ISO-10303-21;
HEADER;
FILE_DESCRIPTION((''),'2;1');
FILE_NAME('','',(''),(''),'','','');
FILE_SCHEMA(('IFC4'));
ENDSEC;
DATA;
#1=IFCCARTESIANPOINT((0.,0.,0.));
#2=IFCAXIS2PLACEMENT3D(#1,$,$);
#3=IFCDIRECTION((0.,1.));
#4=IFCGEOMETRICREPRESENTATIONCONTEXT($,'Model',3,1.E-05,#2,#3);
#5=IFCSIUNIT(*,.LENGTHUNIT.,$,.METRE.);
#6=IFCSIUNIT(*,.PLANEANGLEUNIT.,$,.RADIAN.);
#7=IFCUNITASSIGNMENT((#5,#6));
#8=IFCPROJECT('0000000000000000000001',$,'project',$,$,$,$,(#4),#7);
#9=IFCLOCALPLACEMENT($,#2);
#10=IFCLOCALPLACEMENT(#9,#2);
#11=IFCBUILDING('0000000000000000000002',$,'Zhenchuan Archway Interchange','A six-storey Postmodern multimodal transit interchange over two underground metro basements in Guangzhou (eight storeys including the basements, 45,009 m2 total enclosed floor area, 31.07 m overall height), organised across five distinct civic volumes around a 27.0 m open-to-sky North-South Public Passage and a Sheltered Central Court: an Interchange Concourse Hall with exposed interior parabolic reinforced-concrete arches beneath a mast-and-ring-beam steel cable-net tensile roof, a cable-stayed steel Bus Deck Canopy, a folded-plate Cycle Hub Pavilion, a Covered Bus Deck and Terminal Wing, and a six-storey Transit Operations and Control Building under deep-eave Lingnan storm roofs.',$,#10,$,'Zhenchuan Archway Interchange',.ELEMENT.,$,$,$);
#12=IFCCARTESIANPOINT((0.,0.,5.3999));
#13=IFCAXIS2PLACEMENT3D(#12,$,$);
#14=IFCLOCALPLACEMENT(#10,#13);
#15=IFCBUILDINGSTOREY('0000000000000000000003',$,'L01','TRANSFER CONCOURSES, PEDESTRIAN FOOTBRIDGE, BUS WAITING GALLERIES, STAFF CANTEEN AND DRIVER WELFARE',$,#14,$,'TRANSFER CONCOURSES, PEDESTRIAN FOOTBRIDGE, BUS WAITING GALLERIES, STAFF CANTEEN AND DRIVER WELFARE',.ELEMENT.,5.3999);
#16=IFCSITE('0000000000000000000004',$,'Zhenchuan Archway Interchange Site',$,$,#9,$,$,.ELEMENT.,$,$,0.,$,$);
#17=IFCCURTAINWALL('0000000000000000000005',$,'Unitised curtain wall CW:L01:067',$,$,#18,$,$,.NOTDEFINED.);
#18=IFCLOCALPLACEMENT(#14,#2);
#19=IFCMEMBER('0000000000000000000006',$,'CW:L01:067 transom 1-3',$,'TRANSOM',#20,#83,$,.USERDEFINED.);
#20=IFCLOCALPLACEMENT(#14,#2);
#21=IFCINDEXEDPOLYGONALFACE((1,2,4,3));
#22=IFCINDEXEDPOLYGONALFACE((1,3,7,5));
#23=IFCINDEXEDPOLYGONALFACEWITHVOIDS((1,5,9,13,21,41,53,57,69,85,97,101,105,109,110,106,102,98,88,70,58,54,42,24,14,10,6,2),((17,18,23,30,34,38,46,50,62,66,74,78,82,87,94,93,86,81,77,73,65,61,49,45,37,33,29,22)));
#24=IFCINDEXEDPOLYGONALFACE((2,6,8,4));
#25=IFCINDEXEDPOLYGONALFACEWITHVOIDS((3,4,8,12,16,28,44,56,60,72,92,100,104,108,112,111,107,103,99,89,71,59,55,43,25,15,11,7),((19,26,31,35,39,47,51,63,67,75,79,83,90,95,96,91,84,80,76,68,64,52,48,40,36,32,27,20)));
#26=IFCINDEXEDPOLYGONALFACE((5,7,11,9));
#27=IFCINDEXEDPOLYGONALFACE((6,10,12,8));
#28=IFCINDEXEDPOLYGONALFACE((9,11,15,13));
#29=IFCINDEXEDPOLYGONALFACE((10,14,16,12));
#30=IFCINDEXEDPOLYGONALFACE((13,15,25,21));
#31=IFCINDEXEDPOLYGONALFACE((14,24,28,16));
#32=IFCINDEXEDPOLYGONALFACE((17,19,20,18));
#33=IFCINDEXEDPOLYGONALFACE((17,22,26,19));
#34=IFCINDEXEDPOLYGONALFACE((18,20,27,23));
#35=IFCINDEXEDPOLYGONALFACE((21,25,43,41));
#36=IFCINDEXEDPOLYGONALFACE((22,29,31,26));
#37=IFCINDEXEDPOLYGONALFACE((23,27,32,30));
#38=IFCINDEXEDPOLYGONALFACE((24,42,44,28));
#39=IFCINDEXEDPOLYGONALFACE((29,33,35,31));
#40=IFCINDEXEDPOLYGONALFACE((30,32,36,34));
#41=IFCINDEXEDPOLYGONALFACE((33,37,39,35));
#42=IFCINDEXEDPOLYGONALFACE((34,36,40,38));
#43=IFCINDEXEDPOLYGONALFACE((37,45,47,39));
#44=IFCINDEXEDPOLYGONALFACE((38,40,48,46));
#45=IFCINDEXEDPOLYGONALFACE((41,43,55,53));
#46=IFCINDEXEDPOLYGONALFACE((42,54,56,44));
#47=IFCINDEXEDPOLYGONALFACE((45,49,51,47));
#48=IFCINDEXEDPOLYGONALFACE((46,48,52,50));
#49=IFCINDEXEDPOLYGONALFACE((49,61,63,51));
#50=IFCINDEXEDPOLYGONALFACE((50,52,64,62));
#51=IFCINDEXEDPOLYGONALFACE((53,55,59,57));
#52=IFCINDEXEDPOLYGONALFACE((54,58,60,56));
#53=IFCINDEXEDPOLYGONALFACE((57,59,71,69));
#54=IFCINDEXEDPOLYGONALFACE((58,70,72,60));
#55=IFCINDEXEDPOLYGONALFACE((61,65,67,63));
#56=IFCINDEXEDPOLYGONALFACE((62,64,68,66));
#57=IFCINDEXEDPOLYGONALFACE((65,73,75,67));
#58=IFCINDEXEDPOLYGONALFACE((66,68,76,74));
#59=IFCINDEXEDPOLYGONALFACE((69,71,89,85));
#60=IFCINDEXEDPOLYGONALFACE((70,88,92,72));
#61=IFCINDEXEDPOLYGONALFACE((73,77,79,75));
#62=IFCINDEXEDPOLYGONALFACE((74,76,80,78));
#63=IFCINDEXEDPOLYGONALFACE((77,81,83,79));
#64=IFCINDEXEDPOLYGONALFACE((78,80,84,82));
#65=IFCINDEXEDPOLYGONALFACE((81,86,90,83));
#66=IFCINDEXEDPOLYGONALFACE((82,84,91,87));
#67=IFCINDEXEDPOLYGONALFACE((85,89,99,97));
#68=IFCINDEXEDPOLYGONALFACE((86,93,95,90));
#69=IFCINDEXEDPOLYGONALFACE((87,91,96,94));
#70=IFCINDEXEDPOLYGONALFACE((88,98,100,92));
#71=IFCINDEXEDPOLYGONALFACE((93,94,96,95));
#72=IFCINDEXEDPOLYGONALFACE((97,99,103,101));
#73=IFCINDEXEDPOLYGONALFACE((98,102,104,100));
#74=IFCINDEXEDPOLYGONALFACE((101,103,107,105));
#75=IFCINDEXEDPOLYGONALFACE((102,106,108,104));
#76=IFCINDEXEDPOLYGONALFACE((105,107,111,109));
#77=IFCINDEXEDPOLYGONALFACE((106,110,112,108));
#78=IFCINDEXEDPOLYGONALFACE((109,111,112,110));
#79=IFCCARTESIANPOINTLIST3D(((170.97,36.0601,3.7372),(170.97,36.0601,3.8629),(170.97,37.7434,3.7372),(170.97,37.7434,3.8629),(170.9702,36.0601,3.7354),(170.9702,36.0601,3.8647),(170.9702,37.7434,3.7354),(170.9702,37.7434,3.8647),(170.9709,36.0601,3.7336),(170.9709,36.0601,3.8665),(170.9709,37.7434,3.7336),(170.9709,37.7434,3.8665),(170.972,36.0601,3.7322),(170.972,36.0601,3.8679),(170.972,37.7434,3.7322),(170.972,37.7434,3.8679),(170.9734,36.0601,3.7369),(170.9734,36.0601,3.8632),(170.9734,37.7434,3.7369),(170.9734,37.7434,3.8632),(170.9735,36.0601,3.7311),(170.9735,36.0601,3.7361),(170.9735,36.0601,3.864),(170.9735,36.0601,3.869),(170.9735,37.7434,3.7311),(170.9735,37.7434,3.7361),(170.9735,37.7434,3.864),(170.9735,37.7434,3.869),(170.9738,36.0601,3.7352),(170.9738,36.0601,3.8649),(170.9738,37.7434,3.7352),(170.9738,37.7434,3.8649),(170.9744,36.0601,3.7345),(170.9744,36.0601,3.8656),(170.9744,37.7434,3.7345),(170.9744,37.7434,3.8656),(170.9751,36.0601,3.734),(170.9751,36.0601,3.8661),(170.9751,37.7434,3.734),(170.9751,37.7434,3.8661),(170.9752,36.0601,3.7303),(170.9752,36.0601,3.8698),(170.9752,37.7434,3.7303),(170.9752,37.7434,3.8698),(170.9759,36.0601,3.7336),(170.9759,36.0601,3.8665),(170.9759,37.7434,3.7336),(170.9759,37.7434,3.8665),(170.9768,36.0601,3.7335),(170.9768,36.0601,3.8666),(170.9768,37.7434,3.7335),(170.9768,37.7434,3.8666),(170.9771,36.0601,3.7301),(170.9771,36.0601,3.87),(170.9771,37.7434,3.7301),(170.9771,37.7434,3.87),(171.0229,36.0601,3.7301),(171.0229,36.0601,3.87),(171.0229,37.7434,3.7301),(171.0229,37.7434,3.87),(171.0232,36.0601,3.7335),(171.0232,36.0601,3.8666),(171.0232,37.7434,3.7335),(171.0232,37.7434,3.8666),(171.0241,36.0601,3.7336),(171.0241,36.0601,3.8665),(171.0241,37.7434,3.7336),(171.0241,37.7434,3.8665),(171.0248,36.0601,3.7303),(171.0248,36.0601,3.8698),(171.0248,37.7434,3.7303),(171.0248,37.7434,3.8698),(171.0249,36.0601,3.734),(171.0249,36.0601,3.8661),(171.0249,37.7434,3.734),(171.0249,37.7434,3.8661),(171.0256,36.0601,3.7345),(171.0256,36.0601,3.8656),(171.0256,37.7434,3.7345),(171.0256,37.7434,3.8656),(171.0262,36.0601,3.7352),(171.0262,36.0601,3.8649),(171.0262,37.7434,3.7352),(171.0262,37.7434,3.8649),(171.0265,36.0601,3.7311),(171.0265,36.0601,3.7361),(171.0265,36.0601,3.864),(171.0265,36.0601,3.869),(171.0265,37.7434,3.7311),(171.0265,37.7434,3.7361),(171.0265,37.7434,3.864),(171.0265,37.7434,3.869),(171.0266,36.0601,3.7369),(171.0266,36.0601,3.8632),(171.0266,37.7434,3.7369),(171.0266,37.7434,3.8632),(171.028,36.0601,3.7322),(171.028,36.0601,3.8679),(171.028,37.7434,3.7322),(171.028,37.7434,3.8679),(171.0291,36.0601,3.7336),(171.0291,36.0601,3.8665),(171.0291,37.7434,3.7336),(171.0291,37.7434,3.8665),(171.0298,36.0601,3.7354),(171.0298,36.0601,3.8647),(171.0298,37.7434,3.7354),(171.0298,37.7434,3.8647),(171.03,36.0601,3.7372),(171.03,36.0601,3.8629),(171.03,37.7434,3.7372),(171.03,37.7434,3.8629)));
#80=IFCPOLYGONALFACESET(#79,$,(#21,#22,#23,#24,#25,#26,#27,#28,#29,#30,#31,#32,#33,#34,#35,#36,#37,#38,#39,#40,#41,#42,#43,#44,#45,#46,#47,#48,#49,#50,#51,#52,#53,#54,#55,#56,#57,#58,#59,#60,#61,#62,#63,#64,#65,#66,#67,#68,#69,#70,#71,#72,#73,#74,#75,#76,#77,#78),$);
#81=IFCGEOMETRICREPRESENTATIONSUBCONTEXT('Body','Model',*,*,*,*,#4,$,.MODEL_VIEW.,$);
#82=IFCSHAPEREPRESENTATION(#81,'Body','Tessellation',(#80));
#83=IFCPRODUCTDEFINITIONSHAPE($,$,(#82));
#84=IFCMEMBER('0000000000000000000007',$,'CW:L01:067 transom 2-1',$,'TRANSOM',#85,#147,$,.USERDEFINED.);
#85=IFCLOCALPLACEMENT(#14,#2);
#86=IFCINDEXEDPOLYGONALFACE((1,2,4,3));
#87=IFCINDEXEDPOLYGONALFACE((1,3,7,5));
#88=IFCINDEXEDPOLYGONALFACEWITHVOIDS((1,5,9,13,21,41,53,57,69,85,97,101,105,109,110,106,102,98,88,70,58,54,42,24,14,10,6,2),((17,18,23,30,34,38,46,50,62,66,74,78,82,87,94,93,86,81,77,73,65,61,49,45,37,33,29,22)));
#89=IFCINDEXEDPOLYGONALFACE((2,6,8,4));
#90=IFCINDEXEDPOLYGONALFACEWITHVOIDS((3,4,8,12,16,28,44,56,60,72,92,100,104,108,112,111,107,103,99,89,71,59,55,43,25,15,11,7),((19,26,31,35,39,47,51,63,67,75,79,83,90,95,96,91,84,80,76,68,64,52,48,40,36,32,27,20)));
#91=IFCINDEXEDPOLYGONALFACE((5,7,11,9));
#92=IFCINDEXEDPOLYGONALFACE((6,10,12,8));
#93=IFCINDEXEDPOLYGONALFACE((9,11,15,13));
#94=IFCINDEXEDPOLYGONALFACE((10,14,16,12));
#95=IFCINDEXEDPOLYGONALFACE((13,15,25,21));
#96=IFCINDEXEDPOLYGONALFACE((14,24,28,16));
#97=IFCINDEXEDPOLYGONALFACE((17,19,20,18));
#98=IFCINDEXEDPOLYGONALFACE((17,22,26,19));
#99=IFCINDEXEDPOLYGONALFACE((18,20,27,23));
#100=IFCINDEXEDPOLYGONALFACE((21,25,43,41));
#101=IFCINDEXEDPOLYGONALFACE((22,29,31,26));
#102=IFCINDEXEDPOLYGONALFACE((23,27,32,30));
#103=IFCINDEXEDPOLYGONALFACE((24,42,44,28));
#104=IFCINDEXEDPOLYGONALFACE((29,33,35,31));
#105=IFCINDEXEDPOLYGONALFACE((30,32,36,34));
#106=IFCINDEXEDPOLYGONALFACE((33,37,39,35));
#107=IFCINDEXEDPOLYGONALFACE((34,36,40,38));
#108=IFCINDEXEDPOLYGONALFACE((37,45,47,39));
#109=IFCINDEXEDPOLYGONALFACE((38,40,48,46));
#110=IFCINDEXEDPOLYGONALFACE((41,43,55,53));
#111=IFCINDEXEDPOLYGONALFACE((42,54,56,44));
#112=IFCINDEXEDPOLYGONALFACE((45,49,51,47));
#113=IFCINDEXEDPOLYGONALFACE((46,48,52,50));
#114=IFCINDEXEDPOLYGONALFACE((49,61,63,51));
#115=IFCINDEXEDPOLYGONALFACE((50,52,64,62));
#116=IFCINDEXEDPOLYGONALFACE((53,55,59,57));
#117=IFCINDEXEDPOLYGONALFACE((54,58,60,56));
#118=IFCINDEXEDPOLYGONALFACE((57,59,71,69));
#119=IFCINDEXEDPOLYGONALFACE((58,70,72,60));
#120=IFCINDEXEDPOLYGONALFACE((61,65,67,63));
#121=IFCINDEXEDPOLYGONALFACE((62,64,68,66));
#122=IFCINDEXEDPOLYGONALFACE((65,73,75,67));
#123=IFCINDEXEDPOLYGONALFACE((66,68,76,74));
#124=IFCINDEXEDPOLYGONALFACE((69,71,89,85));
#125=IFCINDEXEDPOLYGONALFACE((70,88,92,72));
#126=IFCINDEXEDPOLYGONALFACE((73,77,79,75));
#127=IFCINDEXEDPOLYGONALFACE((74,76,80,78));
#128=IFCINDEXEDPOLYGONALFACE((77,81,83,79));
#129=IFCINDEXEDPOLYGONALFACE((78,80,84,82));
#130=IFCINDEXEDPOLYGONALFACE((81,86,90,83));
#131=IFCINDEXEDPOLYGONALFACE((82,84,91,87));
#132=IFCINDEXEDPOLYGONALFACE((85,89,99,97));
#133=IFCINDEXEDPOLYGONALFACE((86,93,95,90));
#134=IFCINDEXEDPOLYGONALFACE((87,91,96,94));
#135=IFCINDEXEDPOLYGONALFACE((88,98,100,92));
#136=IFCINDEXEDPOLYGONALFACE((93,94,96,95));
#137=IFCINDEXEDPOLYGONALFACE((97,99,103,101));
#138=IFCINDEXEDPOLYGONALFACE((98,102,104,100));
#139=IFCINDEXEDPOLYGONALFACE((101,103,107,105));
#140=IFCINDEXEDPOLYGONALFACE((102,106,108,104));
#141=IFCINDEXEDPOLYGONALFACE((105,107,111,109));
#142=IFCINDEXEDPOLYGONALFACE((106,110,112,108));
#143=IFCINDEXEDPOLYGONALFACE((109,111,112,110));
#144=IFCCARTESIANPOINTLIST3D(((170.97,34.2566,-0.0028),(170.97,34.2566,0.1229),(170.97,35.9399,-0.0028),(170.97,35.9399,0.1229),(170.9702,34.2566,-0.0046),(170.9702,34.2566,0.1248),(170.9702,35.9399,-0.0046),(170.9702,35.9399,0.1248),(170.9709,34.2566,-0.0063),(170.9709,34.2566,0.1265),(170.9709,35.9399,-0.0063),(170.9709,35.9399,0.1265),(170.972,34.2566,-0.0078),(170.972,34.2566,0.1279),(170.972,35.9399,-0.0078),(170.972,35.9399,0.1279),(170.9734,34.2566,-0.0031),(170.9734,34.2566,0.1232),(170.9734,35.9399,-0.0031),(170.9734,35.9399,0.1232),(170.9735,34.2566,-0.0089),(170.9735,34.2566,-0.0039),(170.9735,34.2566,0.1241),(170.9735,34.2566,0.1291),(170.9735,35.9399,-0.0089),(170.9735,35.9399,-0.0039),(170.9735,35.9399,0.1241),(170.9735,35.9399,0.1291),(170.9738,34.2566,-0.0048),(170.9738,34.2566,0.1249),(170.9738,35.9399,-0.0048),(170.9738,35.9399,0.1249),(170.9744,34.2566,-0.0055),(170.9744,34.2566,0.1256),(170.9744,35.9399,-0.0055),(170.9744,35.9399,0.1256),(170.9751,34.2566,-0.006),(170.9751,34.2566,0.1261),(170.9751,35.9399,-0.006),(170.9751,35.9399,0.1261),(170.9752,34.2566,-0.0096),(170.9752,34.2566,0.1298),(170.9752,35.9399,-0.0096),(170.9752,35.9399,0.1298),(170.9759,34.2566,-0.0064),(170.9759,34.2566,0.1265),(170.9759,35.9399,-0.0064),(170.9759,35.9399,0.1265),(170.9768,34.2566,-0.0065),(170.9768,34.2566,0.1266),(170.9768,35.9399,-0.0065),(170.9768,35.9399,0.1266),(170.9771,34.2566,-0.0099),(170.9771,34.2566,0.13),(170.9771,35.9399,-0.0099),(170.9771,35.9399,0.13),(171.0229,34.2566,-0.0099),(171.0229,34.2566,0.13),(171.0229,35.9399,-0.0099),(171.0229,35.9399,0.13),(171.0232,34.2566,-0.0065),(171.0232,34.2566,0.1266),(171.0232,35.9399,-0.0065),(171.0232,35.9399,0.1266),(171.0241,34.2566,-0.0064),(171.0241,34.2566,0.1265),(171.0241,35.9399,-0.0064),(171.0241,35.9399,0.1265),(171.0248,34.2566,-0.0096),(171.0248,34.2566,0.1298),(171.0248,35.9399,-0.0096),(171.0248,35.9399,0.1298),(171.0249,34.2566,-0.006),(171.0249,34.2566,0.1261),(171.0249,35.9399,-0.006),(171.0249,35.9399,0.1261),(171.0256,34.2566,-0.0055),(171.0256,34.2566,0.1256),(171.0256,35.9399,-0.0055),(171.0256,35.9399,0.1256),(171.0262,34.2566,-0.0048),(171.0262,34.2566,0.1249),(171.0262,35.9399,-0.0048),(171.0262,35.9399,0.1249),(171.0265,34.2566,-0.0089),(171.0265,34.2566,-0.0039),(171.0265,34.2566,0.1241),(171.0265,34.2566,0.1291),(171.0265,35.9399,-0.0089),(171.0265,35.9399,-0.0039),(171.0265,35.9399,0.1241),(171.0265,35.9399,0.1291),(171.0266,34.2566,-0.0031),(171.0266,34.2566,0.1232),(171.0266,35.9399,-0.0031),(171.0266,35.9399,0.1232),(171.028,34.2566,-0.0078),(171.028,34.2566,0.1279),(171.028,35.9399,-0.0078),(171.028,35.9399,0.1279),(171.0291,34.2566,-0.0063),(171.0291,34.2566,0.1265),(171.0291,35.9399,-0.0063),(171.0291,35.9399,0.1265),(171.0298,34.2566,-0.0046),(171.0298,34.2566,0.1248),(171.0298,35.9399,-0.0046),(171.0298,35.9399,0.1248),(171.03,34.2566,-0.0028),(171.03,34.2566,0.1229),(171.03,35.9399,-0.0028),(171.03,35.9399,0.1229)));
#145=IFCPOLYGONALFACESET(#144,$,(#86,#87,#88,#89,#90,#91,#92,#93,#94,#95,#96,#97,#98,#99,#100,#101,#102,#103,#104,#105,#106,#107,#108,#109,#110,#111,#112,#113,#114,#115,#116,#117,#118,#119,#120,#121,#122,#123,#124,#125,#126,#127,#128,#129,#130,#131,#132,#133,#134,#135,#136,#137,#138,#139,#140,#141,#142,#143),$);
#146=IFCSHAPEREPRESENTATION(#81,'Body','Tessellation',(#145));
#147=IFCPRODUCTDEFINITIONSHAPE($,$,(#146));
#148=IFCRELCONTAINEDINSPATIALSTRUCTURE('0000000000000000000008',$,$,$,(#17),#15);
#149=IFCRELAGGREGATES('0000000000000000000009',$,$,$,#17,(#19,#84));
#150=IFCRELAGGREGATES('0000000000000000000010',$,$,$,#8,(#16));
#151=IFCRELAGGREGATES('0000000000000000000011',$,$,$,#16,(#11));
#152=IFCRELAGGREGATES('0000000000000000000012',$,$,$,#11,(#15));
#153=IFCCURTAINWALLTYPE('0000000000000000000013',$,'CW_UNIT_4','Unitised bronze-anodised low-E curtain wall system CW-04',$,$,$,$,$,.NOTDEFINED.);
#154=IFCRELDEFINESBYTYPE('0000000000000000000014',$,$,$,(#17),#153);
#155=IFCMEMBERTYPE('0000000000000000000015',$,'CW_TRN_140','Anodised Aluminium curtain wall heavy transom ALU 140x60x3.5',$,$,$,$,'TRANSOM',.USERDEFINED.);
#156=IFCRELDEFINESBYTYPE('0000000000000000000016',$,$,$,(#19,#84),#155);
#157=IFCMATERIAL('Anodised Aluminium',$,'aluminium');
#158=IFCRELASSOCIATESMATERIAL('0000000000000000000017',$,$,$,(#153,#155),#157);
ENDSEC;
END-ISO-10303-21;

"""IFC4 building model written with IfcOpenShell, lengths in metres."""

from ifc_helpers import new_model, si_unit, direction, frame, origin, origin_2d, place, context, subcontext, project, spatial, hollow_rectangle, extrude, material, material_profile, profile_set, type_object, element, aggregate, save


model = new_model("IFC4")

# Units and contexts
model_context = context("Model", 3, precision=1e-05, world=origin(), true_north=direction((0.0, 1.0)))
body_context = subcontext(model_context, "Body", "Model", "MODEL_VIEW")
ifc_project = project(units=[si_unit("LENGTHUNIT", "METRE"), si_unit("PLANEANGLEUNIT", "RADIAN")], contexts=[model_context])

# Site, building, storey
site_placement = place(None, origin())
site = spatial("IfcSite", under=ifc_project, at=site_placement, Name="Zhenchuan Archway Interchange Site", CompositionType="ELEMENT", RefElevation=0.0)
building_placement = place(site_placement, origin())
building = spatial("IfcBuilding", under=site, at=building_placement, Name="Zhenchuan Archway Interchange", Description="A six-storey Postmodern multimodal transit interchange over two underground metro basements in Guangzhou (eight storeys including the basements, 45,009 m2 total enclosed floor area, 31.07 m overall height), organised across five distinct civic volumes around a 27.0 m open-to-sky North-South Public Passage and a Sheltered Central Court: an Interchange Concourse Hall with exposed interior parabolic reinforced-concrete arches beneath a mast-and-ring-beam steel cable-net tensile roof, a cable-stayed steel Bus Deck Canopy, a folded-plate Cycle Hub Pavilion, a Covered Bus Deck and Terminal Wing, and a six-storey Transit Operations and Control Building under deep-eave Lingnan storm roofs.", LongName="Zhenchuan Archway Interchange", CompositionType="ELEMENT")
storey_placement = place(building_placement, frame((0.0, 0.0, 5.3999)))
storey = spatial("IfcBuildingStorey", under=building, at=storey_placement, Name="L01", Description="TRANSFER CONCOURSES, PEDESTRIAN FOOTBRIDGE, BUS WAITING GALLERIES, STAFF CANTEEN AND DRIVER WELFARE", LongName="TRANSFER CONCOURSES, PEDESTRIAN FOOTBRIDGE, BUS WAITING GALLERIES, STAFF CANTEEN AND DRIVER WELFARE", CompositionType="ELEMENT", Elevation=5.3999)

# Curtain wall, members
ifc_material_1 = material(Name="Anodised Aluminium", Category="aluminium")
curtain_wall_type = type_object("IfcCurtainWallType", Name="CW_UNIT_4", Description="Unitised bronze-anodised low-E curtain wall system CW-04", PredefinedType="NOTDEFINED", material=ifc_material_1)
curtain_wall_placement = place(storey_placement, origin())
curtain_wall = element("IfcCurtainWall", 1, at=curtain_wall_placement, inside=storey, type_object=curtain_wall_type, Name="Unitised curtain wall CW:L01:067", PredefinedType="NOTDEFINED")
ifc_material_profile_1 = material_profile(ifc_material_1, hollow_rectangle(XDim=0.0601, YDim=0.1399, WallThickness=0.0034, InnerFilletRadius=0.0034, OuterFilletRadius=0.0071, at=origin_2d()), Name="ALU 140x60x3.5")
ifc_profile_set_1 = profile_set([ifc_material_profile_1], Name="Anodised Aluminium")
member_type_1 = type_object("IfcMemberType", Name="CW_TRN_140", Description="Anodised Aluminium curtain wall heavy transom ALU 140x60x3.5", ElementType="TRANSOM", PredefinedType="USERDEFINED", material=ifc_profile_set_1)
member_1_placement = place(storey_placement, frame((171.0, 37.7434, 3.8), z_axis=(0.0, -1.0, 0.0), x_axis=(1.0, 0.0, 0.0)))
member_1 = element("IfcMember", 2, at=member_1_placement, type_object=member_type_1, Name="CW:L01:067 transom 1-3", ObjectType="TRANSOM", PredefinedType="USERDEFINED", context=body_context, shape_type="SweptSolid", body=[
    extrude(hollow_rectangle(XDim=0.0601, YDim=0.1399, WallThickness=0.0034, InnerFilletRadius=0.0034, OuterFilletRadius=0.0071, at=origin_2d()), origin(), (0.0, 0.0, 1.0), 1.6833),
])
member_2_placement = place(storey_placement, frame((171.0, 35.9399, 0.0601), z_axis=(0.0, -1.0, 0.0), x_axis=(1.0, 0.0, 0.0)))
member_2 = element("IfcMember", 3, at=member_2_placement, type_object=member_type_1, Name="CW:L01:067 transom 2-1", ObjectType="TRANSOM", PredefinedType="USERDEFINED", context=body_context, shape_type="SweptSolid", body=[
    extrude(hollow_rectangle(XDim=0.0601, YDim=0.1399, WallThickness=0.0034, InnerFilletRadius=0.0034, OuterFilletRadius=0.0071, at=origin_2d()), origin(), (0.0, 0.0, 1.0), 1.6833),
])
aggregate(curtain_wall, [member_1, member_2])

save(model, "model.ifc")
